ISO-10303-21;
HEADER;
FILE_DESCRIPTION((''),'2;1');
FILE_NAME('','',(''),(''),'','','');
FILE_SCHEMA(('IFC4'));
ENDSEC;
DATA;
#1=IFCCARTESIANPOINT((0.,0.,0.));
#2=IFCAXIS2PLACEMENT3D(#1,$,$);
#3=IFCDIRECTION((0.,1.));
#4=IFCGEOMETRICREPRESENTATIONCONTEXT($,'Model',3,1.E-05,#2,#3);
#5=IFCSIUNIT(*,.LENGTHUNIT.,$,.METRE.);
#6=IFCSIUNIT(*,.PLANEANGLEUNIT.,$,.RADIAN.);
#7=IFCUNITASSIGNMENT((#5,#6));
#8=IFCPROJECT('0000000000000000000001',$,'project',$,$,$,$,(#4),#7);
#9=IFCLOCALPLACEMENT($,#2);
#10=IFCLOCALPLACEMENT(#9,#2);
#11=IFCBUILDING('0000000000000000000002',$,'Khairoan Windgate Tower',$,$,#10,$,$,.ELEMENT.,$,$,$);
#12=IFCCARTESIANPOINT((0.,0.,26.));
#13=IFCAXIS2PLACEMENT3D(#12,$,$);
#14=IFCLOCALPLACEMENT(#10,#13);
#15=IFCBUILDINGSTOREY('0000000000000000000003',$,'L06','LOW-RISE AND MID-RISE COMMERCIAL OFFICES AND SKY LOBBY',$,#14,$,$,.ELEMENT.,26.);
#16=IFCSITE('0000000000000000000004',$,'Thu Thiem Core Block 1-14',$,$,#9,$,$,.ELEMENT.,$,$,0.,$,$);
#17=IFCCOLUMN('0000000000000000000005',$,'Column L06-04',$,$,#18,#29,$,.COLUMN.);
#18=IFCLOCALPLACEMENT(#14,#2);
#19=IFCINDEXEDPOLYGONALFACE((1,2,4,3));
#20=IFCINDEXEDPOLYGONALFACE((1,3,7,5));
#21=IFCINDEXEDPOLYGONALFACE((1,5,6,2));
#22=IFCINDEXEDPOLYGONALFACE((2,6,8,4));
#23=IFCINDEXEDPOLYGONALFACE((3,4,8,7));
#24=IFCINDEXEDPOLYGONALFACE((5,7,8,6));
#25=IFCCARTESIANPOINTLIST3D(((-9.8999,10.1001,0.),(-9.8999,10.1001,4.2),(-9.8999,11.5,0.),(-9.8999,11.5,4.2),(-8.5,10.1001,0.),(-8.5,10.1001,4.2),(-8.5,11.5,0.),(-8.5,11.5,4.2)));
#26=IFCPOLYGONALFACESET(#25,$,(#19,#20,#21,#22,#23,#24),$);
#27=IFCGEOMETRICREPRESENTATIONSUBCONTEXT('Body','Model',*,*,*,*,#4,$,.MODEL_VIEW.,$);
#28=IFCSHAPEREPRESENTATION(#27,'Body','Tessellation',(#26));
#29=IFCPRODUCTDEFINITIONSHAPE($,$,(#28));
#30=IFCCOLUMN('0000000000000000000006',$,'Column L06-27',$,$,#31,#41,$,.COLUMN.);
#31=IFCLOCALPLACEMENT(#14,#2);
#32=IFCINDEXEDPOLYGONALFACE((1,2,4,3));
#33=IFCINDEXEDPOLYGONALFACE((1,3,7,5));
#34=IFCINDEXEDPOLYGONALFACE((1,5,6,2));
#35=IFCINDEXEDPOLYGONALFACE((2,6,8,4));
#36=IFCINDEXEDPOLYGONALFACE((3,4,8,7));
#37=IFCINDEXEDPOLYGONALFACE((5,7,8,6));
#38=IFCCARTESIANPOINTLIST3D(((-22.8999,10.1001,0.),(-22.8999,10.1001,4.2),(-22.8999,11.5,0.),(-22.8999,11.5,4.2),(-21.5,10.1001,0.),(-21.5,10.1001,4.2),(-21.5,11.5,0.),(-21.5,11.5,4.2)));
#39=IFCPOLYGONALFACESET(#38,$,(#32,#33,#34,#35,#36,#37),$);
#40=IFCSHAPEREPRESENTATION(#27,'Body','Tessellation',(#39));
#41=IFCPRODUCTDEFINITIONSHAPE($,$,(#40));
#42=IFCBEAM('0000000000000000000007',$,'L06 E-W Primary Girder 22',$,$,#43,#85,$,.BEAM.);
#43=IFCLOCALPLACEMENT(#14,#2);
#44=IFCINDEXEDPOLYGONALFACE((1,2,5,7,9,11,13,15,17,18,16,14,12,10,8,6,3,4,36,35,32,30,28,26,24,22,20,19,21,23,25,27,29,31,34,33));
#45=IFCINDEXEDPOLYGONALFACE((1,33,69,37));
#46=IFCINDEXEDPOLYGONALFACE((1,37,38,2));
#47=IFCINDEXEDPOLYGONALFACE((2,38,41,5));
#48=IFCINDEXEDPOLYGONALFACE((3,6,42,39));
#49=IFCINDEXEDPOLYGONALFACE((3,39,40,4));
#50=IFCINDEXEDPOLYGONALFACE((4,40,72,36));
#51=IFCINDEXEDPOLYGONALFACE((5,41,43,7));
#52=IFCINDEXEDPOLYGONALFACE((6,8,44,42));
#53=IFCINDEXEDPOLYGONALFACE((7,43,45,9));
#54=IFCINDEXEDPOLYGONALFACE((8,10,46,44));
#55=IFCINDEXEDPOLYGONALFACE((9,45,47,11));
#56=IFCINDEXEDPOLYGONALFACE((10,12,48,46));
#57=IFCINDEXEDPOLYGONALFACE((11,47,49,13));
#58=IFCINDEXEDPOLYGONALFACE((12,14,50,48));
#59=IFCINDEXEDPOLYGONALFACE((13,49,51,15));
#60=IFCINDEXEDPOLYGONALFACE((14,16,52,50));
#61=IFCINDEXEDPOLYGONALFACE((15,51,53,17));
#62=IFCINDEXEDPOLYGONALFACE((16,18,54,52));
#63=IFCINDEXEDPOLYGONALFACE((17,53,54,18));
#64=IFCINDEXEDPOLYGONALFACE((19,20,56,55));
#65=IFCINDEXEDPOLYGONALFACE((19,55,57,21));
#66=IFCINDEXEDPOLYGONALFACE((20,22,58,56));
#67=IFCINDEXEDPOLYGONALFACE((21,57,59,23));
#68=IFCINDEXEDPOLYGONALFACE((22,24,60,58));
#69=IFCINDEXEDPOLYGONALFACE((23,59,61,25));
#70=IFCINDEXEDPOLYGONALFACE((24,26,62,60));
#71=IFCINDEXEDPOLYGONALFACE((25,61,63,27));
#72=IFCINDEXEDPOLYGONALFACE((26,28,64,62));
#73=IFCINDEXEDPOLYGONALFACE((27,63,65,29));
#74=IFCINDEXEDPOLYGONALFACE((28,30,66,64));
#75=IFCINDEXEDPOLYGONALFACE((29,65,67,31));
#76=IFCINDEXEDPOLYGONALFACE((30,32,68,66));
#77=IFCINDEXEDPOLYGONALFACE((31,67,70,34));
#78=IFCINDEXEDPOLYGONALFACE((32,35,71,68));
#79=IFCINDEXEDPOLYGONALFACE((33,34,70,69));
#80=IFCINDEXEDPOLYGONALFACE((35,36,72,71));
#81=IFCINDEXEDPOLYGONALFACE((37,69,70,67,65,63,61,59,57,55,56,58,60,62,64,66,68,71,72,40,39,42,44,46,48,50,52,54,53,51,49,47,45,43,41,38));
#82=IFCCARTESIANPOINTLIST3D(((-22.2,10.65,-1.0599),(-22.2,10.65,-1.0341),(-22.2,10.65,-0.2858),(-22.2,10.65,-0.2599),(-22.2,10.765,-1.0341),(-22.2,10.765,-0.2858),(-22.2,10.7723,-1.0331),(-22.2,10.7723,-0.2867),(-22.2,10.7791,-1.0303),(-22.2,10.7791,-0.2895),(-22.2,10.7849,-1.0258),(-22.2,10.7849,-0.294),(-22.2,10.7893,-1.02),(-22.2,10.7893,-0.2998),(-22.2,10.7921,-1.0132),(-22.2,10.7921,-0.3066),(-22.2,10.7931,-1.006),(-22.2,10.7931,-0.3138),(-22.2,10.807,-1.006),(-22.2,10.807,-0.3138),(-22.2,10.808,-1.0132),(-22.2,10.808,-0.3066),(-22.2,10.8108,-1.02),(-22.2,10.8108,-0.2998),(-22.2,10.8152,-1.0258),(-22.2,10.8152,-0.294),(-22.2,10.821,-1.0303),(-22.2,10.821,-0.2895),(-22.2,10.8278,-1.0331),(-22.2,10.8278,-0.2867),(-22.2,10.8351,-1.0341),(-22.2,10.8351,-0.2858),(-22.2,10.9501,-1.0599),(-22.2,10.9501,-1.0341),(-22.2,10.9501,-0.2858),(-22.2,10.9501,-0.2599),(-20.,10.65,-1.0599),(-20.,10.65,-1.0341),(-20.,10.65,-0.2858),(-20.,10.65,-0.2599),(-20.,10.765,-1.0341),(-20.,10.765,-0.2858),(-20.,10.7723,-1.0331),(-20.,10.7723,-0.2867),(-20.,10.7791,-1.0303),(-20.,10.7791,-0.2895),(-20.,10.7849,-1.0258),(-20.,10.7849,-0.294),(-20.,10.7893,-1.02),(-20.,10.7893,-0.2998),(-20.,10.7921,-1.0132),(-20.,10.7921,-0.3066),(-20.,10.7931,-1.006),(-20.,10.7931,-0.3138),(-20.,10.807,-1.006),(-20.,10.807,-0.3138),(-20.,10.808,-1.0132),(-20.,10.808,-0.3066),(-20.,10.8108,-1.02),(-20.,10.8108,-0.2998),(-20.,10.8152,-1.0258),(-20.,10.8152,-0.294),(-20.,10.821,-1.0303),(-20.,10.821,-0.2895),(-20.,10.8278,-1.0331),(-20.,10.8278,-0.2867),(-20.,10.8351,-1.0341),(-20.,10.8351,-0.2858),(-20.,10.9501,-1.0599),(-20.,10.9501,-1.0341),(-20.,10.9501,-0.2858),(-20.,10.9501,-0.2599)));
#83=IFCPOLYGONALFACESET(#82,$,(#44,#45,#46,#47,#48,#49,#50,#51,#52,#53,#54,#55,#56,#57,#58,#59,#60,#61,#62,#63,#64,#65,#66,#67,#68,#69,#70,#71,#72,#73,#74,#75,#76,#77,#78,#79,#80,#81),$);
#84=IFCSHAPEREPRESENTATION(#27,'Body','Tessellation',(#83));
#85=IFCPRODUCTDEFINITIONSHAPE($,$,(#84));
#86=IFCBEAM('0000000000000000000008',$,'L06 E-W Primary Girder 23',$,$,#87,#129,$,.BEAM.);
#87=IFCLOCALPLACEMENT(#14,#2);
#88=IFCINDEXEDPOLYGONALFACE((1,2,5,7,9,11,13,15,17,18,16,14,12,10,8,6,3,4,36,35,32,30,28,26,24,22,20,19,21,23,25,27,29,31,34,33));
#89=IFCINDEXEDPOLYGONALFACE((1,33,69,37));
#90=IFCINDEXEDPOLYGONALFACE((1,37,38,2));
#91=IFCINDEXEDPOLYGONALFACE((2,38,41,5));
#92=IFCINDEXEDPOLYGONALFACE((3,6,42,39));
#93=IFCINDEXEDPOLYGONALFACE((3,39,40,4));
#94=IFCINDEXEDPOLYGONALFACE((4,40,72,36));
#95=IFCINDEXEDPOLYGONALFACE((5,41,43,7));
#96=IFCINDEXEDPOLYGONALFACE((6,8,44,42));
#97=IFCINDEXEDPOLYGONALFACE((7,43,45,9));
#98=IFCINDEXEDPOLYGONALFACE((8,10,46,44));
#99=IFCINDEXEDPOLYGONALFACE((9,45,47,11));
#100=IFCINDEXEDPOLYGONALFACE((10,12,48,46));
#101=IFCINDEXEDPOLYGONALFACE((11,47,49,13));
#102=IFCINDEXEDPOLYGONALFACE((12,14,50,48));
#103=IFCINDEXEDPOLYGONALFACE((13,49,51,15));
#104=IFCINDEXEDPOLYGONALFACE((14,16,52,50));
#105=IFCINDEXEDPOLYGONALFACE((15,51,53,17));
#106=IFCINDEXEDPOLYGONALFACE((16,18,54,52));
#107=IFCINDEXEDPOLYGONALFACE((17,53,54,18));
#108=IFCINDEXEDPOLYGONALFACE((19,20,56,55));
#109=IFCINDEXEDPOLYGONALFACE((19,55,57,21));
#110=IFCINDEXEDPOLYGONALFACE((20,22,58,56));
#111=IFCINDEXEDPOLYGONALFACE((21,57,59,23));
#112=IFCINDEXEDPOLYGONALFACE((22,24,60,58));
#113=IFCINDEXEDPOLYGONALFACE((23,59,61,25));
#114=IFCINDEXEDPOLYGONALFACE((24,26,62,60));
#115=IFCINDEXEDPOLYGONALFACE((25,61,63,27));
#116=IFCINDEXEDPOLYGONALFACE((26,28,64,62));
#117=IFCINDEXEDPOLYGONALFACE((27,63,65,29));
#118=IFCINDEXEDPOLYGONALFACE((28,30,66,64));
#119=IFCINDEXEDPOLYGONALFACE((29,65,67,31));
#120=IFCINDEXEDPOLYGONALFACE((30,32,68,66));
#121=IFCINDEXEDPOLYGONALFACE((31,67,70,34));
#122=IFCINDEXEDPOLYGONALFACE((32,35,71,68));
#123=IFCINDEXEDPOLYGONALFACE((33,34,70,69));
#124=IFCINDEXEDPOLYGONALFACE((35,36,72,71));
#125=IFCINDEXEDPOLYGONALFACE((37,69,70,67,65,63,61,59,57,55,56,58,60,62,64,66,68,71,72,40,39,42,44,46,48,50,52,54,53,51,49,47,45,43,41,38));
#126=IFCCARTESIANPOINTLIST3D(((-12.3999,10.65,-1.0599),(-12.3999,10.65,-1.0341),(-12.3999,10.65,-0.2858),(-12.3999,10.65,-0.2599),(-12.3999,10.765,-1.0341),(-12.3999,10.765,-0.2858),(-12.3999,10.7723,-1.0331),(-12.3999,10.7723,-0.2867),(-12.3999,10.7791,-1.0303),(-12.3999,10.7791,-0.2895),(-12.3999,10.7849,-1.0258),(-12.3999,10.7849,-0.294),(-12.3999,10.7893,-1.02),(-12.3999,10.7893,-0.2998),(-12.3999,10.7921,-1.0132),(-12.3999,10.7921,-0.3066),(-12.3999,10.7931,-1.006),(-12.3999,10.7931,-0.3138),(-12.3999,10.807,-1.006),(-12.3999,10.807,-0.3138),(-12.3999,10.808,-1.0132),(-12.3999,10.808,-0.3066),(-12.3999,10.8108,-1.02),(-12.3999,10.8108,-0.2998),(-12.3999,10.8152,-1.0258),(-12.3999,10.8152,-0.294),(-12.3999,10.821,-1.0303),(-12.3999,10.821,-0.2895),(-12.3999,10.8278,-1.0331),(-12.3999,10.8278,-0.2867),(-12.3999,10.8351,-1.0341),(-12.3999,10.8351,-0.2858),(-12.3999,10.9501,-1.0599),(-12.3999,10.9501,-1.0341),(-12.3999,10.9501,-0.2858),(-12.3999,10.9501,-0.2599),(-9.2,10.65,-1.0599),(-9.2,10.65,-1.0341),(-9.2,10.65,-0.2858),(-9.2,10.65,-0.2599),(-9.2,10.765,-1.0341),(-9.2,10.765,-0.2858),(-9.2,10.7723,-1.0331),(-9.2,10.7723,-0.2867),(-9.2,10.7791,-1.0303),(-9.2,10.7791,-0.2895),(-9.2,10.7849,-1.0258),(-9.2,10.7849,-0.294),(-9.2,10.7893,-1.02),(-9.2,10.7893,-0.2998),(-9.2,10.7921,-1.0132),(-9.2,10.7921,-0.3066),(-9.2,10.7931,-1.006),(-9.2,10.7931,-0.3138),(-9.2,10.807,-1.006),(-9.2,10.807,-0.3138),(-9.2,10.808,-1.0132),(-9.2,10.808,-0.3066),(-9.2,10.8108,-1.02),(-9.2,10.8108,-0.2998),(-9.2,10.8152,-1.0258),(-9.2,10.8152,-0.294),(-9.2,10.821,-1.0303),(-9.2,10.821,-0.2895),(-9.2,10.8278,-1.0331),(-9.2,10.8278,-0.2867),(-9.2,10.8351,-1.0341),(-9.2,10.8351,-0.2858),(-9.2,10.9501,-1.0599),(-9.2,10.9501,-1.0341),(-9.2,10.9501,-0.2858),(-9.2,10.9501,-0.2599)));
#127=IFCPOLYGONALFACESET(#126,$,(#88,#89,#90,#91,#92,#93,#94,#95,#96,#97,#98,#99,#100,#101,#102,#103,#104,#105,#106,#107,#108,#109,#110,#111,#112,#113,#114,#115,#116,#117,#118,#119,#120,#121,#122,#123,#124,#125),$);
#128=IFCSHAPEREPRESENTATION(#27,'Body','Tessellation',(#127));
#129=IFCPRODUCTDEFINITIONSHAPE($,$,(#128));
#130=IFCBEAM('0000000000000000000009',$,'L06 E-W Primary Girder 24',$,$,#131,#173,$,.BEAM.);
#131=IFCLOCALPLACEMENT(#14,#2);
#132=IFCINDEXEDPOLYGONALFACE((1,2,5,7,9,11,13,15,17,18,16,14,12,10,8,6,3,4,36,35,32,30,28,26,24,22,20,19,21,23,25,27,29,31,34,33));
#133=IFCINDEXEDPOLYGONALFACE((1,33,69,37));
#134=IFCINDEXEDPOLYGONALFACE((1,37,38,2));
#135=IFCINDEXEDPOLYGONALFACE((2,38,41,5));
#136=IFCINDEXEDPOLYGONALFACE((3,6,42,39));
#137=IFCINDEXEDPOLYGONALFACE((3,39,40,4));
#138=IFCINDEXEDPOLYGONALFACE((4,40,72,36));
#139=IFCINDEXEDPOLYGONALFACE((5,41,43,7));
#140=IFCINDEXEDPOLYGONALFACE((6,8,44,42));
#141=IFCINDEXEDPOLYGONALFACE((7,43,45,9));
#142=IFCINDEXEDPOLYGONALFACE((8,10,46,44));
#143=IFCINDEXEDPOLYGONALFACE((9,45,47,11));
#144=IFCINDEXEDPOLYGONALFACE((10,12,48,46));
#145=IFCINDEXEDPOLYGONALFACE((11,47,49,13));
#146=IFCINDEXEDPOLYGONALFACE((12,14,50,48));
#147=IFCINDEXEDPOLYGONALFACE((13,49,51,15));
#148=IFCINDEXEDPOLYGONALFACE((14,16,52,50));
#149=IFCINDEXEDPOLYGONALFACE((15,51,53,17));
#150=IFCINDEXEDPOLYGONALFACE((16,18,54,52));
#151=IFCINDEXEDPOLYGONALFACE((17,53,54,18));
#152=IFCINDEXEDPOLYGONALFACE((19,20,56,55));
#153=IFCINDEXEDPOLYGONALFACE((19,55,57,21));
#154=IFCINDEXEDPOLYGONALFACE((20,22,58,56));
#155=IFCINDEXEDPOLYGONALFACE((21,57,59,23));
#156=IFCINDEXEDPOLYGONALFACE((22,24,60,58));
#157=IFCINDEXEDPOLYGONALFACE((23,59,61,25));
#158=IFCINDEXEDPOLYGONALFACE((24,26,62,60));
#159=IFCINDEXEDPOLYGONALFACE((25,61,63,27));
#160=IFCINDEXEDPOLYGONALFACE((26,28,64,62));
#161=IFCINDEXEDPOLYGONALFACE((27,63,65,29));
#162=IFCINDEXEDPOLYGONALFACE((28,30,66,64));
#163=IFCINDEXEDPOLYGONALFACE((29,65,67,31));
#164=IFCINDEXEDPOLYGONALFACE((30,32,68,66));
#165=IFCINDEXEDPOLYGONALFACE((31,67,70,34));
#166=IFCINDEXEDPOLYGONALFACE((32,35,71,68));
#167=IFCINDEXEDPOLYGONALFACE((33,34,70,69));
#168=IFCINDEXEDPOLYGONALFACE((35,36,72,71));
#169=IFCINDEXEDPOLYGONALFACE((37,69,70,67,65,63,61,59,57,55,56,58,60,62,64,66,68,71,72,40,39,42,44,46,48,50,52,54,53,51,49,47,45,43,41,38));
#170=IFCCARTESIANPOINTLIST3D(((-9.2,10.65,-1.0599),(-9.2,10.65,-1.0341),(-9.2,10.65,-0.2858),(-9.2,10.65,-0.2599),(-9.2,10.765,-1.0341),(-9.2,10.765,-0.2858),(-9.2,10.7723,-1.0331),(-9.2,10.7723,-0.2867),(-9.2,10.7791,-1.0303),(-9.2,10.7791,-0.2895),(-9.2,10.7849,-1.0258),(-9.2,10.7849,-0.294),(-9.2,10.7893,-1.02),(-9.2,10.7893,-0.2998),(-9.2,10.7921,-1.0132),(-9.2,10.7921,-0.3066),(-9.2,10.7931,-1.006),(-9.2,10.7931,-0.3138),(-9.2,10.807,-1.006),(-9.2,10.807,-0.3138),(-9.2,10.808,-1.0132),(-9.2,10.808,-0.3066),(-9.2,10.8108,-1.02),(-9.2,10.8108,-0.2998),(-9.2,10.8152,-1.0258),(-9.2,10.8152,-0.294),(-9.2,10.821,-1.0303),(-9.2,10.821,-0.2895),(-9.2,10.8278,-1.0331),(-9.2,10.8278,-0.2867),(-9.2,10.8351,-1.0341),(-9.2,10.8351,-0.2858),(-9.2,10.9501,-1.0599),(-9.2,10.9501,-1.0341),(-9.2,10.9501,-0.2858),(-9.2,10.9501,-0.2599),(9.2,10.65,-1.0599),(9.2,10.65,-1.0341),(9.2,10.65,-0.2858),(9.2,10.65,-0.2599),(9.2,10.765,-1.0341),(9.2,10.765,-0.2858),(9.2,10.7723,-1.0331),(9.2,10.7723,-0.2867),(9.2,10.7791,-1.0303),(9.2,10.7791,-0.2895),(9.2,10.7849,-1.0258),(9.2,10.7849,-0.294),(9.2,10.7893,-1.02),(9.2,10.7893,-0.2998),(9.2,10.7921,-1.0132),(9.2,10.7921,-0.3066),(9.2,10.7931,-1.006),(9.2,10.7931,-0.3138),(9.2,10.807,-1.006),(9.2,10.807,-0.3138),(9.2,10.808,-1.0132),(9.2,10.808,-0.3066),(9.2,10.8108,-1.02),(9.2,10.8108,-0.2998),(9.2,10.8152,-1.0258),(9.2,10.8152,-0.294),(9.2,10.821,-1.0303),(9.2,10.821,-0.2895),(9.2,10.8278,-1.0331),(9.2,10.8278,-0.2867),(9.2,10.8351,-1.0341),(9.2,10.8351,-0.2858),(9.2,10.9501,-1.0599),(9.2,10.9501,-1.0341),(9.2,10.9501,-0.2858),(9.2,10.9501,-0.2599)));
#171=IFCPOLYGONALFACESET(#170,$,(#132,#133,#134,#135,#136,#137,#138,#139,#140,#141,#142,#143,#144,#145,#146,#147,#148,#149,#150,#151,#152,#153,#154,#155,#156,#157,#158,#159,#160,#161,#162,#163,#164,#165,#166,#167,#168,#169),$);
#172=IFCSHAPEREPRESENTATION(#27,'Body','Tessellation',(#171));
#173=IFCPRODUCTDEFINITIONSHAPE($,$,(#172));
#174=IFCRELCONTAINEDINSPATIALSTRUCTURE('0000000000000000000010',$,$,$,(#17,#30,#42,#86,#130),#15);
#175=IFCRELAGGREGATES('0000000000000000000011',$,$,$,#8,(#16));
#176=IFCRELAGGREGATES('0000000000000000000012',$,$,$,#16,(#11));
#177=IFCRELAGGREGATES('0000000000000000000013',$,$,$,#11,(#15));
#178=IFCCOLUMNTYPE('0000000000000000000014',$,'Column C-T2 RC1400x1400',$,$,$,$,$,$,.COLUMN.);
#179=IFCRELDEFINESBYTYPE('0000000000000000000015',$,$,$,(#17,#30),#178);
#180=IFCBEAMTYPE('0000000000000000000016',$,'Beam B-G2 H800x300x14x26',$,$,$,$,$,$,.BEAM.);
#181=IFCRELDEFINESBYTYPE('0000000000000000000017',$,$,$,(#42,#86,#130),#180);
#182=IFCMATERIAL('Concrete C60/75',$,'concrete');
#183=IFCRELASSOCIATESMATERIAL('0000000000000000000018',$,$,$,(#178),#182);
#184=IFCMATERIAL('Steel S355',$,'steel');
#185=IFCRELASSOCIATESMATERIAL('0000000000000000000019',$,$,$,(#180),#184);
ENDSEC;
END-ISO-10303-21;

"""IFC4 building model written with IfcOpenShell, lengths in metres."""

from ifc_helpers import new_model, si_unit, direction, frame, origin, origin_2d, place, context, subcontext, project, spatial, rectangle, i_section, extrude, material, material_profile, profile_set, type_object, element, save


model = new_model("IFC4")

# Units and contexts
model_context = context("Model", 3, precision=1e-05, world=origin(), true_north=direction((0.0, 1.0)))
body_context = subcontext(model_context, "Body", "Model", "MODEL_VIEW")
ifc_project = project(units=[si_unit("LENGTHUNIT", "METRE"), si_unit("PLANEANGLEUNIT", "RADIAN")], contexts=[model_context])

# Site, building, storey
site_placement = place(None, origin())
site = spatial("IfcSite", under=ifc_project, at=site_placement, Name="Thu Thiem Core Block 1-14", CompositionType="ELEMENT", RefElevation=0.0)
building_placement = place(site_placement, origin())
building = spatial("IfcBuilding", under=site, at=building_placement, Name="Khairoan Windgate Tower", CompositionType="ELEMENT")
storey_placement = place(building_placement, frame((0.0, 0.0, 26.0)))
storey = spatial("IfcBuildingStorey", under=building, at=storey_placement, Name="L06", Description="LOW-RISE AND MID-RISE COMMERCIAL OFFICES AND SKY LOBBY", CompositionType="ELEMENT", Elevation=26.0)

# Columns
ifc_material_1 = material(Name="Concrete C60/75", Category="concrete")
ifc_material_profile_1 = material_profile(ifc_material_1, rectangle(XDim=1.3999, YDim=1.3999, at=origin_2d()))
ifc_profile_set_1 = profile_set([ifc_material_profile_1], Name="Concrete C60/75")
column_type = type_object("IfcColumnType", Name="Column C-T2 RC1400x1400", PredefinedType="COLUMN", material=ifc_profile_set_1)
for number, where, z_axis, x_axis, name in (
    (1, (-9.2, 10.8, 0.0), (0.0, 0.0, 1.0), (1.0, 0.0, 0.0), "Column L06-04"),
    (2, (-22.2, 10.8, 0.0), (0.0, 0.0, 1.0), (1.0, 0.0, 0.0), "Column L06-27"),
):
    element("IfcColumn", number, at=place(storey_placement, frame(where, z_axis=z_axis, x_axis=x_axis)), inside=storey, type_object=column_type, Name=name, PredefinedType="COLUMN", context=body_context, shape_type="SweptSolid", body=[
        extrude(rectangle(XDim=1.3999, YDim=1.3999, at=origin_2d()), origin(), (0.0, 0.0, 1.0), 4.2),
    ])

# Beams
ifc_material_2 = material(Name="Steel S355", Category="steel")
ifc_material_profile_2 = material_profile(ifc_material_2, i_section(OverallWidth=0.3, OverallDepth=0.8, WebThickness=0.0139, FlangeThickness=0.0259, FilletRadius=0.0281, at=origin_2d()))
ifc_profile_set_2 = profile_set([ifc_material_profile_2], Name="Steel S355")
beam_type_1 = type_object("IfcBeamType", Name="Beam B-G2 H800x300x14x26", PredefinedType="BEAM", material=ifc_profile_set_2)
beam_1_placement = place(storey_placement, frame((-22.2, 10.8, -0.6599), z_axis=(1.0, 0.0, 0.0), x_axis=(0.0, 1.0, 0.0)))
element("IfcBeam", 3, at=beam_1_placement, inside=storey, type_object=beam_type_1, Name="L06 E-W Primary Girder 22", PredefinedType="BEAM", context=body_context, shape_type="SweptSolid", body=[
    extrude(i_section(OverallWidth=0.3, OverallDepth=0.8, WebThickness=0.0139, FlangeThickness=0.0259, FilletRadius=0.0281, at=origin_2d()), origin(), (0.0, 0.0, 1.0), 2.2),
])
beam_2_placement = place(storey_placement, frame((-12.3999, 10.8, -0.6599), z_axis=(1.0, 0.0, 0.0), x_axis=(0.0, 1.0, 0.0)))
element("IfcBeam", 4, at=beam_2_placement, inside=storey, type_object=beam_type_1, Name="L06 E-W Primary Girder 23", PredefinedType="BEAM", context=body_context, shape_type="SweptSolid", body=[
    extrude(i_section(OverallWidth=0.3, OverallDepth=0.8, WebThickness=0.0139, FlangeThickness=0.0259, FilletRadius=0.0281, at=origin_2d()), origin(), (0.0, 0.0, 1.0), 3.2),
])
beam_3_placement = place(storey_placement, frame((-9.2, 10.8, -0.6599), z_axis=(1.0, 0.0, 0.0), x_axis=(0.0, 1.0, 0.0)))
element("IfcBeam", 5, at=beam_3_placement, inside=storey, type_object=beam_type_1, Name="L06 E-W Primary Girder 24", PredefinedType="BEAM", context=body_context, shape_type="SweptSolid", body=[
    extrude(i_section(OverallWidth=0.3, OverallDepth=0.8, WebThickness=0.0139, FlangeThickness=0.0259, FilletRadius=0.0281, at=origin_2d()), origin(), (0.0, 0.0, 1.0), 18.3999),
])

save(model, "model.ifc")
